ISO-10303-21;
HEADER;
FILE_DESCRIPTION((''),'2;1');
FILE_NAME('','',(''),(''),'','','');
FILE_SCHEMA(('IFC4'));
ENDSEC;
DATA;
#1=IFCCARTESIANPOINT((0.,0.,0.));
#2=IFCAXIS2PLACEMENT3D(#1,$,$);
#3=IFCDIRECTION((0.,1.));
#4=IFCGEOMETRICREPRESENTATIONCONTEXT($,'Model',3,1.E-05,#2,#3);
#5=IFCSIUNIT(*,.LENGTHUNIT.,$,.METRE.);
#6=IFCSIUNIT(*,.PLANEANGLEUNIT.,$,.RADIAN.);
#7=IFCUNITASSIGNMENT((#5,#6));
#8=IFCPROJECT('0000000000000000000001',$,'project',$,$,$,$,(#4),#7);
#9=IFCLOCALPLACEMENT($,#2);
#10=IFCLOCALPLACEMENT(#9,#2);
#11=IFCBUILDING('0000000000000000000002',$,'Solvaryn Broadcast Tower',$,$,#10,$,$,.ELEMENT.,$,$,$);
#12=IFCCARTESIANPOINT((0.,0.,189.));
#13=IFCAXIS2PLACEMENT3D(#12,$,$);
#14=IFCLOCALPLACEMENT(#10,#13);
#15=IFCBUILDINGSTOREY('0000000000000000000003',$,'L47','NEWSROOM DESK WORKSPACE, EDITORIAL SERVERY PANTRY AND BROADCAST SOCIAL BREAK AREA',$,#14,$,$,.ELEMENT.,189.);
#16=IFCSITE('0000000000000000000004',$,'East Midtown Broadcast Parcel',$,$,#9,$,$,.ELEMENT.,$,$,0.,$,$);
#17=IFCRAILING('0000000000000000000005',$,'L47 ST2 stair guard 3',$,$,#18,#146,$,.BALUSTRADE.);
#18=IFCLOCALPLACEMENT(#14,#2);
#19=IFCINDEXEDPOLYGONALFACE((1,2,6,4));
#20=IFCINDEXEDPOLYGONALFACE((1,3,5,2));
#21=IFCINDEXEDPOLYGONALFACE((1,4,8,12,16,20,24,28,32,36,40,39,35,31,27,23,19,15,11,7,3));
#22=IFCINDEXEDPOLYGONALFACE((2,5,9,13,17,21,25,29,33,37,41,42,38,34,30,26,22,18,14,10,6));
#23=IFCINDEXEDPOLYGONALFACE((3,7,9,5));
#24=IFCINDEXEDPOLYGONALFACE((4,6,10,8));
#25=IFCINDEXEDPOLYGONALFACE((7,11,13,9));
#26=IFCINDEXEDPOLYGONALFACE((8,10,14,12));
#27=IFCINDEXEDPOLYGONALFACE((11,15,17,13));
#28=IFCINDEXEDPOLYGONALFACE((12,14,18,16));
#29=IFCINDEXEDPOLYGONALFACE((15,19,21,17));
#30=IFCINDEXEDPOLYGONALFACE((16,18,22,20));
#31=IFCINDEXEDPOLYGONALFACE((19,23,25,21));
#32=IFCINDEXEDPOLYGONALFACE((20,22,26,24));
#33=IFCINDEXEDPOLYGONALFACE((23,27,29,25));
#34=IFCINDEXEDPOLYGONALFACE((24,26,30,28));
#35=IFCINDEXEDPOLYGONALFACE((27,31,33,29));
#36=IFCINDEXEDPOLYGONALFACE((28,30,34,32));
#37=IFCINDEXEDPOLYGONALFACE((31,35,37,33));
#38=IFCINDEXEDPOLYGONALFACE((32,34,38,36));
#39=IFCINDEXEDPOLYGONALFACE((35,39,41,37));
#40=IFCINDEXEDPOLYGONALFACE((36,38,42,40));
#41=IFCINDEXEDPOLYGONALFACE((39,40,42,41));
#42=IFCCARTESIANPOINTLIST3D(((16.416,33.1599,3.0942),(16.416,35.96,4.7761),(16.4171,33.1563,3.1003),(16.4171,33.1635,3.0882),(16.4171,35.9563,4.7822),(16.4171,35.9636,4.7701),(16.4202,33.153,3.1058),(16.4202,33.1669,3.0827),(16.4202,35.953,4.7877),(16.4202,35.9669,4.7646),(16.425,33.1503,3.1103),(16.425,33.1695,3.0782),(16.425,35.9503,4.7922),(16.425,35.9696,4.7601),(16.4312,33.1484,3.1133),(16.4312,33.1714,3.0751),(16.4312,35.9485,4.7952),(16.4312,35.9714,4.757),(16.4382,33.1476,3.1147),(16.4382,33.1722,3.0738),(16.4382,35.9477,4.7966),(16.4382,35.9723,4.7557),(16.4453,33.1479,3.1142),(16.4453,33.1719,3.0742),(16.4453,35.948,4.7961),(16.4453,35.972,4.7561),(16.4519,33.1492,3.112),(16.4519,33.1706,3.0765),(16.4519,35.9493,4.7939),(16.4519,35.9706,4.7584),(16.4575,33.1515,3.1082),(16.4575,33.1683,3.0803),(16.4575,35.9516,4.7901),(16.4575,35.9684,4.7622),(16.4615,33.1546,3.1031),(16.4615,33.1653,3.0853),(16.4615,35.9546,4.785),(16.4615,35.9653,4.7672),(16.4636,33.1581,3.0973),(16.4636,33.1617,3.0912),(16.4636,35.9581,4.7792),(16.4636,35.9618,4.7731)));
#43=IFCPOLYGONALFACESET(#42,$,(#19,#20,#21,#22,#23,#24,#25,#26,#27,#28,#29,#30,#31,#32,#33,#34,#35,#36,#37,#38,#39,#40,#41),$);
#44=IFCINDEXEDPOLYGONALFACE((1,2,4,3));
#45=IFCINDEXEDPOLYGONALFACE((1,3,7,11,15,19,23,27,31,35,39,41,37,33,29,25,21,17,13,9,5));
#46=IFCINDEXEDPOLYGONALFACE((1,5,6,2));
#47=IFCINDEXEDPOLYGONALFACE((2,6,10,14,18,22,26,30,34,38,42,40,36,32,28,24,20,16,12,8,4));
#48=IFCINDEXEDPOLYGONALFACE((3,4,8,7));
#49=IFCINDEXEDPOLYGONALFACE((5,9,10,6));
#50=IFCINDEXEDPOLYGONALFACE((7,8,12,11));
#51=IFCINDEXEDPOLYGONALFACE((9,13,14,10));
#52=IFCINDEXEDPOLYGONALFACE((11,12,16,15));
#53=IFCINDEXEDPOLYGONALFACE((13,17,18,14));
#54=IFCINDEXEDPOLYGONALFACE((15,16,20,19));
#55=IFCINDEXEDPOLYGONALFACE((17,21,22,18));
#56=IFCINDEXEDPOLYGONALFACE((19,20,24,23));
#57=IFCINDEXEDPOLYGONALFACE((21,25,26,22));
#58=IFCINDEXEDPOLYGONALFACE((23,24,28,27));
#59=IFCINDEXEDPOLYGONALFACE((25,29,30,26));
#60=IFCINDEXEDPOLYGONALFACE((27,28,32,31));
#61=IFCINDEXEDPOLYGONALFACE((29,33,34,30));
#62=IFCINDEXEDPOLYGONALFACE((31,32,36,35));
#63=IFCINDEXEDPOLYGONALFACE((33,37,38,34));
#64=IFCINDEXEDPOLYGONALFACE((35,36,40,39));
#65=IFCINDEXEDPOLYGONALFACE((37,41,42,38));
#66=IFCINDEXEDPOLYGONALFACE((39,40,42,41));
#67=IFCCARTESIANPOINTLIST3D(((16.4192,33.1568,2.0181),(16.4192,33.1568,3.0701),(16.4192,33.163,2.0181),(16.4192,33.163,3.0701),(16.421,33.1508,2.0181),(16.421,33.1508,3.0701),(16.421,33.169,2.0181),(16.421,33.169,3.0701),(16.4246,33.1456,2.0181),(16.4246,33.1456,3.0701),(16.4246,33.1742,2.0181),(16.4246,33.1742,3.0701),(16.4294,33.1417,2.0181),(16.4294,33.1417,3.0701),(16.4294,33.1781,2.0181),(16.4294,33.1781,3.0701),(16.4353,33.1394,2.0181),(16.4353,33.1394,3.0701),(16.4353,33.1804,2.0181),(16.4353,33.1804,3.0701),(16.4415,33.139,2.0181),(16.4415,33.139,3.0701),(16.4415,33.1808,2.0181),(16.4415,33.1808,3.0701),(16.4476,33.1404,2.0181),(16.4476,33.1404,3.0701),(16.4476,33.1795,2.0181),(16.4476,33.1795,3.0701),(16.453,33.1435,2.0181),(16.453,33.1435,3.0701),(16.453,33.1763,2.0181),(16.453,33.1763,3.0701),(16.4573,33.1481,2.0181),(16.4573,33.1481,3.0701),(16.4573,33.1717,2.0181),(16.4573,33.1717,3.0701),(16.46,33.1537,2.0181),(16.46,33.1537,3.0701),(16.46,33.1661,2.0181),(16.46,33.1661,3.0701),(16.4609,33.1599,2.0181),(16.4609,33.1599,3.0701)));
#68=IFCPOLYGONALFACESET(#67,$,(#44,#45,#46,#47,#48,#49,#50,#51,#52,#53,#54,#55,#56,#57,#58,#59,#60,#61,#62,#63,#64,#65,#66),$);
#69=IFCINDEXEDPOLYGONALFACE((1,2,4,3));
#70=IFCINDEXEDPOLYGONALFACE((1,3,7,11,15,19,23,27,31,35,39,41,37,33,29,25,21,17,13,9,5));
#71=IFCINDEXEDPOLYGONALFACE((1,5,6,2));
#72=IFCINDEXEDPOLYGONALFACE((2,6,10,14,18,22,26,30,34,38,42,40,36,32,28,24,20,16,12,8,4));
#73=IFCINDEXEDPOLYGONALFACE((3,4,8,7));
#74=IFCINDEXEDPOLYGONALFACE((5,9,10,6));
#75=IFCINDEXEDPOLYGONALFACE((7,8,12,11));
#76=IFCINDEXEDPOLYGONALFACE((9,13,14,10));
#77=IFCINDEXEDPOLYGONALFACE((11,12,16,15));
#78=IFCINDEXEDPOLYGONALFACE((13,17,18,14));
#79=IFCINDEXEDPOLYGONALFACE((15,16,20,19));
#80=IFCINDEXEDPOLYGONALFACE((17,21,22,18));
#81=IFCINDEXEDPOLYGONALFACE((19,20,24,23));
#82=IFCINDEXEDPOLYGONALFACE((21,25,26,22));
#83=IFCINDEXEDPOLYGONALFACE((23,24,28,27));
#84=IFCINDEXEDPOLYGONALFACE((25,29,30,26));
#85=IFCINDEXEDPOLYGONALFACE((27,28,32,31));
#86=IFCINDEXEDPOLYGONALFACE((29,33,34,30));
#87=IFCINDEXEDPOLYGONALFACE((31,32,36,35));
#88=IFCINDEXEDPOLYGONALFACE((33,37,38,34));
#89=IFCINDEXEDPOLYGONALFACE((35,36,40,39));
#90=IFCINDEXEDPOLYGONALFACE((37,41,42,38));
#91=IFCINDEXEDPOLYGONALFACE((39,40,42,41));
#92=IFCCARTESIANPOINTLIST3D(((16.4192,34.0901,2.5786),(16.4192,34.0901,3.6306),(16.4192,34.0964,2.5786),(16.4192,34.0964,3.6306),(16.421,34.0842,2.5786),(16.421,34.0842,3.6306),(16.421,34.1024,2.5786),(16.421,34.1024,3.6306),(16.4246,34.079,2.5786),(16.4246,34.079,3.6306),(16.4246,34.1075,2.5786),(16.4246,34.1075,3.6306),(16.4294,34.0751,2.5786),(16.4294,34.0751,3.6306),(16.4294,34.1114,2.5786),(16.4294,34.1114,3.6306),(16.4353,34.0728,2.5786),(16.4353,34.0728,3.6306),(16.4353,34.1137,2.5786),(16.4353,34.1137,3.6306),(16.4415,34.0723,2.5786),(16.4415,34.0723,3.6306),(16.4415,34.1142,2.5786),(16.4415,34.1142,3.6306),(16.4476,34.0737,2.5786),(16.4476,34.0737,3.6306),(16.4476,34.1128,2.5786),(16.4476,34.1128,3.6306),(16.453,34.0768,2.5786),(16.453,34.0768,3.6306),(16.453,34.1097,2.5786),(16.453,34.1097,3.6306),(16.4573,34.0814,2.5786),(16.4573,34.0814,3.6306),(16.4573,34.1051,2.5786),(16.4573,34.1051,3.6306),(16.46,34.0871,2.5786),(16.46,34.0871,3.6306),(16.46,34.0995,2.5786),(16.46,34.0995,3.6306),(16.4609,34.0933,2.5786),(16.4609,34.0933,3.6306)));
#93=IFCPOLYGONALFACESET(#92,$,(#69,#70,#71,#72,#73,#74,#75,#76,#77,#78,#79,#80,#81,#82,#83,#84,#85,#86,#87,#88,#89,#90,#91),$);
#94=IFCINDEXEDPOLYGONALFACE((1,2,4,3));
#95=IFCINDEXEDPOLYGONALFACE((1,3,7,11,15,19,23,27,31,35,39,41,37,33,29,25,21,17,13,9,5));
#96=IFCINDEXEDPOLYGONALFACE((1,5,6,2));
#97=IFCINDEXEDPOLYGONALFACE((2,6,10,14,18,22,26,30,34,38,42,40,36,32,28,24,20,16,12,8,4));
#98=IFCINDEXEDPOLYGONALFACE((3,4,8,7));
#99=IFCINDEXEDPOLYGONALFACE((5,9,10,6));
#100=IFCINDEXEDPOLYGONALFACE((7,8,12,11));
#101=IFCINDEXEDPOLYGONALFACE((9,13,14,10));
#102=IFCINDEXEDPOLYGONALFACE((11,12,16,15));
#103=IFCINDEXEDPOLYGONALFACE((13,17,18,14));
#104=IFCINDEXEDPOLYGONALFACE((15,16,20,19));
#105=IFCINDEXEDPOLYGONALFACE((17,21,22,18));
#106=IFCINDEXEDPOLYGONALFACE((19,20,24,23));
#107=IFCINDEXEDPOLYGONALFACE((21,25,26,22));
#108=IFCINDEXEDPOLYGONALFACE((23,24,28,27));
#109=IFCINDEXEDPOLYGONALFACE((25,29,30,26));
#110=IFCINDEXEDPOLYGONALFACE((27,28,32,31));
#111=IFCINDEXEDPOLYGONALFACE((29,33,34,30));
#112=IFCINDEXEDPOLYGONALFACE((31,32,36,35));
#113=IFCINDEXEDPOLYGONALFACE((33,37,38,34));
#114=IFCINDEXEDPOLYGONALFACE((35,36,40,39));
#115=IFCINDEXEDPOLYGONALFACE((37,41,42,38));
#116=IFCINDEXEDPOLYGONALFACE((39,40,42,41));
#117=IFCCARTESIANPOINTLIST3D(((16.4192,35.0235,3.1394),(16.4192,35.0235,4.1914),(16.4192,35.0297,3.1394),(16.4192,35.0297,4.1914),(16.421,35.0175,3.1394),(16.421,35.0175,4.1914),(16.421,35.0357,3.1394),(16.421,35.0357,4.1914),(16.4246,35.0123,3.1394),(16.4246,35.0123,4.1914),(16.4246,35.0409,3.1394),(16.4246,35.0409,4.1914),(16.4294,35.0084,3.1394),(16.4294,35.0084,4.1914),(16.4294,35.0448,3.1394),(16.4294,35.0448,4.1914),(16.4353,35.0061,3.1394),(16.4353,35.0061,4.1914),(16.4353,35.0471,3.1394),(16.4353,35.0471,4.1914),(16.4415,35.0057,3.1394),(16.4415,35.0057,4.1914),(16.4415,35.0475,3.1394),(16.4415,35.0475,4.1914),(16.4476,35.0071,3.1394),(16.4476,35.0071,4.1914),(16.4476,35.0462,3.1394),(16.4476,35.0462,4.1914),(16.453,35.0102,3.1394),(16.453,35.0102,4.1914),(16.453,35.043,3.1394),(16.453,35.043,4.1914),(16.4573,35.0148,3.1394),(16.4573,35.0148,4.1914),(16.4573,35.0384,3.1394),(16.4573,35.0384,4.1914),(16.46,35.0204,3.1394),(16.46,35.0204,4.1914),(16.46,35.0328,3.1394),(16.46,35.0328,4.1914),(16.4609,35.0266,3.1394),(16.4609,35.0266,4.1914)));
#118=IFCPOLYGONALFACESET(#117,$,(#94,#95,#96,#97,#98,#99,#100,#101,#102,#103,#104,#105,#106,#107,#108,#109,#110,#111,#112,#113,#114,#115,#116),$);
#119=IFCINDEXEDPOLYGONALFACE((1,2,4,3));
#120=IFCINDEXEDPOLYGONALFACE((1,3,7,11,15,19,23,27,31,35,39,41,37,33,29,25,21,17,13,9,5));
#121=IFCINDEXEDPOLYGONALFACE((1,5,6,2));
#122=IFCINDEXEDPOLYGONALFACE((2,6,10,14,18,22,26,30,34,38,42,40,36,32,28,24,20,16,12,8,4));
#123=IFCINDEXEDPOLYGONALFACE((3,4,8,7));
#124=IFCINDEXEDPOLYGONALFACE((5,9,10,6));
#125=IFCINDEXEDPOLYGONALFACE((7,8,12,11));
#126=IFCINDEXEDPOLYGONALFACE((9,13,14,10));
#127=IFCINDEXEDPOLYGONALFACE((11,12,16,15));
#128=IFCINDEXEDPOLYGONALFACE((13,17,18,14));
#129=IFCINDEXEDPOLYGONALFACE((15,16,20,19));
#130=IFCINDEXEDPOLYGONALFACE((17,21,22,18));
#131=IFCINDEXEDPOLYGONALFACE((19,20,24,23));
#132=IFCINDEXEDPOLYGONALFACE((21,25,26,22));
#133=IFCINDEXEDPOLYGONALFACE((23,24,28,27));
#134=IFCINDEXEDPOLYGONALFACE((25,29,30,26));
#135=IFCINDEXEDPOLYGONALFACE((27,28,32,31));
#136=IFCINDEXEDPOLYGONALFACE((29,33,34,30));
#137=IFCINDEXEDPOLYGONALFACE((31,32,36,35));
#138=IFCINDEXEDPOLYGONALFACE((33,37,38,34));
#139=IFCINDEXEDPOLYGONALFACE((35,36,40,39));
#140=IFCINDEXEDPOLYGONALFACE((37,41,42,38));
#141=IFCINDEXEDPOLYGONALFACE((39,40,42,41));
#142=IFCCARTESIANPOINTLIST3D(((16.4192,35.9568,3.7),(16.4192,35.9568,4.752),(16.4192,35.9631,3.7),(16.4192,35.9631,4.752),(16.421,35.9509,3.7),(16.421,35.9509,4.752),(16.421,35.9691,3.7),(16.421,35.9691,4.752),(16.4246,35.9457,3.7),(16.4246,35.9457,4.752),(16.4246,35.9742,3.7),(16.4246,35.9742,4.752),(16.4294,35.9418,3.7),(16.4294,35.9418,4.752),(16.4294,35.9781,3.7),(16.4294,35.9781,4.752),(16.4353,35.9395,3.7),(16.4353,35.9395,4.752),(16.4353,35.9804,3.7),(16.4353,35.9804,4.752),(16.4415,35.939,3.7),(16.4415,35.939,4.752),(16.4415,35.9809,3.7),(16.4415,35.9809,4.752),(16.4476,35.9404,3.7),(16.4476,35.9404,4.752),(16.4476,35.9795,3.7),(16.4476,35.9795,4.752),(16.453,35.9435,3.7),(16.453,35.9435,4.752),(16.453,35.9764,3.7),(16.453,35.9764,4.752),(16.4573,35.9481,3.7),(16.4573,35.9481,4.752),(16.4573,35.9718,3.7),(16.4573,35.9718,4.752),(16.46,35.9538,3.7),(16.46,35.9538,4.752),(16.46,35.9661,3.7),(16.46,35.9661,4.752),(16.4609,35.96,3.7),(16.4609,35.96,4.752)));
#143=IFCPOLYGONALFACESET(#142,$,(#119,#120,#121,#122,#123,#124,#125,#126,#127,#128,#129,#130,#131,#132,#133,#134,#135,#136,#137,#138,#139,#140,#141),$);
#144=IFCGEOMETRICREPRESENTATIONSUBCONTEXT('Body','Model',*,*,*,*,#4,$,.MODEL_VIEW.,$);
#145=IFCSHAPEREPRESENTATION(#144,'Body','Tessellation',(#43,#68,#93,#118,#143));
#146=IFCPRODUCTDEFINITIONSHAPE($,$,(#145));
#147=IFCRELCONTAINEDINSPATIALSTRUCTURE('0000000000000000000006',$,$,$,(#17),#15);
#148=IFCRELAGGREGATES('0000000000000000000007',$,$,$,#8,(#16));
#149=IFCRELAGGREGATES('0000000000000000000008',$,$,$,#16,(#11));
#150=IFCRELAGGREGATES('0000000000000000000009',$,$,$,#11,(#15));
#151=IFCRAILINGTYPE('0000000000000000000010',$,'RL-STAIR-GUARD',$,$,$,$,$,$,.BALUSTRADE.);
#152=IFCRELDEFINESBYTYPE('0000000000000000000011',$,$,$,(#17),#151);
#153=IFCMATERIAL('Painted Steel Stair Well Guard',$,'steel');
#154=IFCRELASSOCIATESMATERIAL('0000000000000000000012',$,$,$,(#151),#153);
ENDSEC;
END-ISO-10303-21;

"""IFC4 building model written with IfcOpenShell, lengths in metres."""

from ifc_helpers import new_model, si_unit, direction, frame, origin, origin_2d, place, context, subcontext, project, spatial, circle, extrude, material, type_object, element, save


model = new_model("IFC4")

# Units and contexts
model_context = context("Model", 3, precision=1e-05, world=origin(), true_north=direction((0.0, 1.0)))
body_context = subcontext(model_context, "Body", "Model", "MODEL_VIEW")
ifc_project = project(units=[si_unit("LENGTHUNIT", "METRE"), si_unit("PLANEANGLEUNIT", "RADIAN")], contexts=[model_context])

# Site, building, storey
site_placement = place(None, origin())
site = spatial("IfcSite", under=ifc_project, at=site_placement, Name="East Midtown Broadcast Parcel", CompositionType="ELEMENT", RefElevation=0.0)
building_placement = place(site_placement, origin())
building = spatial("IfcBuilding", under=site, at=building_placement, Name="Solvaryn Broadcast Tower", CompositionType="ELEMENT")
storey_placement = place(building_placement, frame((0.0, 0.0, 189.0)))
storey = spatial("IfcBuildingStorey", under=building, at=storey_placement, Name="L47", Description="NEWSROOM DESK WORKSPACE, EDITORIAL SERVERY PANTRY AND BROADCAST SOCIAL BREAK AREA", CompositionType="ELEMENT", Elevation=189.0)

# Railing
ifc_material_1 = material(Name="Painted Steel Stair Well Guard", Category="steel")
railing_type_1 = type_object("IfcRailingType", Name="RL-STAIR-GUARD", PredefinedType="BALUSTRADE", material=ifc_material_1)
railing_1_placement = place(storey_placement, frame((16.4399, 33.1599, 2.0181)))
element("IfcRailing", 1, at=railing_1_placement, inside=storey, type_object=railing_type_1, Name="L47 ST2 stair guard 3", PredefinedType="BALUSTRADE", context=body_context, shape_type="SweptSolid", body=[
    extrude(circle(Radius=0.0239, at=origin_2d()), frame((0.0, 0.0, 1.0762), z_axis=(0.0, 0.857242, 0.514913), x_axis=(-1.0, 0.0, 0.0)), (0.0, 0.0, 1.0), 3.2664),
    extrude(circle(Radius=0.021, at=origin_2d()), origin(), (0.0, 0.0, 1.0), 1.052),
    extrude(circle(Radius=0.021, at=origin_2d()), frame((0.0, 0.9333, 0.5605)), (0.0, 0.0, 1.0), 1.052),
    extrude(circle(Radius=0.021, at=origin_2d()), frame((0.0, 1.8667, 1.1213)), (0.0, 0.0, 1.0), 1.052),
    extrude(circle(Radius=0.021, at=origin_2d()), frame((0.0, 2.8, 1.6819)), (0.0, 0.0, 1.0), 1.052),
])

save(model, "model.ifc")
